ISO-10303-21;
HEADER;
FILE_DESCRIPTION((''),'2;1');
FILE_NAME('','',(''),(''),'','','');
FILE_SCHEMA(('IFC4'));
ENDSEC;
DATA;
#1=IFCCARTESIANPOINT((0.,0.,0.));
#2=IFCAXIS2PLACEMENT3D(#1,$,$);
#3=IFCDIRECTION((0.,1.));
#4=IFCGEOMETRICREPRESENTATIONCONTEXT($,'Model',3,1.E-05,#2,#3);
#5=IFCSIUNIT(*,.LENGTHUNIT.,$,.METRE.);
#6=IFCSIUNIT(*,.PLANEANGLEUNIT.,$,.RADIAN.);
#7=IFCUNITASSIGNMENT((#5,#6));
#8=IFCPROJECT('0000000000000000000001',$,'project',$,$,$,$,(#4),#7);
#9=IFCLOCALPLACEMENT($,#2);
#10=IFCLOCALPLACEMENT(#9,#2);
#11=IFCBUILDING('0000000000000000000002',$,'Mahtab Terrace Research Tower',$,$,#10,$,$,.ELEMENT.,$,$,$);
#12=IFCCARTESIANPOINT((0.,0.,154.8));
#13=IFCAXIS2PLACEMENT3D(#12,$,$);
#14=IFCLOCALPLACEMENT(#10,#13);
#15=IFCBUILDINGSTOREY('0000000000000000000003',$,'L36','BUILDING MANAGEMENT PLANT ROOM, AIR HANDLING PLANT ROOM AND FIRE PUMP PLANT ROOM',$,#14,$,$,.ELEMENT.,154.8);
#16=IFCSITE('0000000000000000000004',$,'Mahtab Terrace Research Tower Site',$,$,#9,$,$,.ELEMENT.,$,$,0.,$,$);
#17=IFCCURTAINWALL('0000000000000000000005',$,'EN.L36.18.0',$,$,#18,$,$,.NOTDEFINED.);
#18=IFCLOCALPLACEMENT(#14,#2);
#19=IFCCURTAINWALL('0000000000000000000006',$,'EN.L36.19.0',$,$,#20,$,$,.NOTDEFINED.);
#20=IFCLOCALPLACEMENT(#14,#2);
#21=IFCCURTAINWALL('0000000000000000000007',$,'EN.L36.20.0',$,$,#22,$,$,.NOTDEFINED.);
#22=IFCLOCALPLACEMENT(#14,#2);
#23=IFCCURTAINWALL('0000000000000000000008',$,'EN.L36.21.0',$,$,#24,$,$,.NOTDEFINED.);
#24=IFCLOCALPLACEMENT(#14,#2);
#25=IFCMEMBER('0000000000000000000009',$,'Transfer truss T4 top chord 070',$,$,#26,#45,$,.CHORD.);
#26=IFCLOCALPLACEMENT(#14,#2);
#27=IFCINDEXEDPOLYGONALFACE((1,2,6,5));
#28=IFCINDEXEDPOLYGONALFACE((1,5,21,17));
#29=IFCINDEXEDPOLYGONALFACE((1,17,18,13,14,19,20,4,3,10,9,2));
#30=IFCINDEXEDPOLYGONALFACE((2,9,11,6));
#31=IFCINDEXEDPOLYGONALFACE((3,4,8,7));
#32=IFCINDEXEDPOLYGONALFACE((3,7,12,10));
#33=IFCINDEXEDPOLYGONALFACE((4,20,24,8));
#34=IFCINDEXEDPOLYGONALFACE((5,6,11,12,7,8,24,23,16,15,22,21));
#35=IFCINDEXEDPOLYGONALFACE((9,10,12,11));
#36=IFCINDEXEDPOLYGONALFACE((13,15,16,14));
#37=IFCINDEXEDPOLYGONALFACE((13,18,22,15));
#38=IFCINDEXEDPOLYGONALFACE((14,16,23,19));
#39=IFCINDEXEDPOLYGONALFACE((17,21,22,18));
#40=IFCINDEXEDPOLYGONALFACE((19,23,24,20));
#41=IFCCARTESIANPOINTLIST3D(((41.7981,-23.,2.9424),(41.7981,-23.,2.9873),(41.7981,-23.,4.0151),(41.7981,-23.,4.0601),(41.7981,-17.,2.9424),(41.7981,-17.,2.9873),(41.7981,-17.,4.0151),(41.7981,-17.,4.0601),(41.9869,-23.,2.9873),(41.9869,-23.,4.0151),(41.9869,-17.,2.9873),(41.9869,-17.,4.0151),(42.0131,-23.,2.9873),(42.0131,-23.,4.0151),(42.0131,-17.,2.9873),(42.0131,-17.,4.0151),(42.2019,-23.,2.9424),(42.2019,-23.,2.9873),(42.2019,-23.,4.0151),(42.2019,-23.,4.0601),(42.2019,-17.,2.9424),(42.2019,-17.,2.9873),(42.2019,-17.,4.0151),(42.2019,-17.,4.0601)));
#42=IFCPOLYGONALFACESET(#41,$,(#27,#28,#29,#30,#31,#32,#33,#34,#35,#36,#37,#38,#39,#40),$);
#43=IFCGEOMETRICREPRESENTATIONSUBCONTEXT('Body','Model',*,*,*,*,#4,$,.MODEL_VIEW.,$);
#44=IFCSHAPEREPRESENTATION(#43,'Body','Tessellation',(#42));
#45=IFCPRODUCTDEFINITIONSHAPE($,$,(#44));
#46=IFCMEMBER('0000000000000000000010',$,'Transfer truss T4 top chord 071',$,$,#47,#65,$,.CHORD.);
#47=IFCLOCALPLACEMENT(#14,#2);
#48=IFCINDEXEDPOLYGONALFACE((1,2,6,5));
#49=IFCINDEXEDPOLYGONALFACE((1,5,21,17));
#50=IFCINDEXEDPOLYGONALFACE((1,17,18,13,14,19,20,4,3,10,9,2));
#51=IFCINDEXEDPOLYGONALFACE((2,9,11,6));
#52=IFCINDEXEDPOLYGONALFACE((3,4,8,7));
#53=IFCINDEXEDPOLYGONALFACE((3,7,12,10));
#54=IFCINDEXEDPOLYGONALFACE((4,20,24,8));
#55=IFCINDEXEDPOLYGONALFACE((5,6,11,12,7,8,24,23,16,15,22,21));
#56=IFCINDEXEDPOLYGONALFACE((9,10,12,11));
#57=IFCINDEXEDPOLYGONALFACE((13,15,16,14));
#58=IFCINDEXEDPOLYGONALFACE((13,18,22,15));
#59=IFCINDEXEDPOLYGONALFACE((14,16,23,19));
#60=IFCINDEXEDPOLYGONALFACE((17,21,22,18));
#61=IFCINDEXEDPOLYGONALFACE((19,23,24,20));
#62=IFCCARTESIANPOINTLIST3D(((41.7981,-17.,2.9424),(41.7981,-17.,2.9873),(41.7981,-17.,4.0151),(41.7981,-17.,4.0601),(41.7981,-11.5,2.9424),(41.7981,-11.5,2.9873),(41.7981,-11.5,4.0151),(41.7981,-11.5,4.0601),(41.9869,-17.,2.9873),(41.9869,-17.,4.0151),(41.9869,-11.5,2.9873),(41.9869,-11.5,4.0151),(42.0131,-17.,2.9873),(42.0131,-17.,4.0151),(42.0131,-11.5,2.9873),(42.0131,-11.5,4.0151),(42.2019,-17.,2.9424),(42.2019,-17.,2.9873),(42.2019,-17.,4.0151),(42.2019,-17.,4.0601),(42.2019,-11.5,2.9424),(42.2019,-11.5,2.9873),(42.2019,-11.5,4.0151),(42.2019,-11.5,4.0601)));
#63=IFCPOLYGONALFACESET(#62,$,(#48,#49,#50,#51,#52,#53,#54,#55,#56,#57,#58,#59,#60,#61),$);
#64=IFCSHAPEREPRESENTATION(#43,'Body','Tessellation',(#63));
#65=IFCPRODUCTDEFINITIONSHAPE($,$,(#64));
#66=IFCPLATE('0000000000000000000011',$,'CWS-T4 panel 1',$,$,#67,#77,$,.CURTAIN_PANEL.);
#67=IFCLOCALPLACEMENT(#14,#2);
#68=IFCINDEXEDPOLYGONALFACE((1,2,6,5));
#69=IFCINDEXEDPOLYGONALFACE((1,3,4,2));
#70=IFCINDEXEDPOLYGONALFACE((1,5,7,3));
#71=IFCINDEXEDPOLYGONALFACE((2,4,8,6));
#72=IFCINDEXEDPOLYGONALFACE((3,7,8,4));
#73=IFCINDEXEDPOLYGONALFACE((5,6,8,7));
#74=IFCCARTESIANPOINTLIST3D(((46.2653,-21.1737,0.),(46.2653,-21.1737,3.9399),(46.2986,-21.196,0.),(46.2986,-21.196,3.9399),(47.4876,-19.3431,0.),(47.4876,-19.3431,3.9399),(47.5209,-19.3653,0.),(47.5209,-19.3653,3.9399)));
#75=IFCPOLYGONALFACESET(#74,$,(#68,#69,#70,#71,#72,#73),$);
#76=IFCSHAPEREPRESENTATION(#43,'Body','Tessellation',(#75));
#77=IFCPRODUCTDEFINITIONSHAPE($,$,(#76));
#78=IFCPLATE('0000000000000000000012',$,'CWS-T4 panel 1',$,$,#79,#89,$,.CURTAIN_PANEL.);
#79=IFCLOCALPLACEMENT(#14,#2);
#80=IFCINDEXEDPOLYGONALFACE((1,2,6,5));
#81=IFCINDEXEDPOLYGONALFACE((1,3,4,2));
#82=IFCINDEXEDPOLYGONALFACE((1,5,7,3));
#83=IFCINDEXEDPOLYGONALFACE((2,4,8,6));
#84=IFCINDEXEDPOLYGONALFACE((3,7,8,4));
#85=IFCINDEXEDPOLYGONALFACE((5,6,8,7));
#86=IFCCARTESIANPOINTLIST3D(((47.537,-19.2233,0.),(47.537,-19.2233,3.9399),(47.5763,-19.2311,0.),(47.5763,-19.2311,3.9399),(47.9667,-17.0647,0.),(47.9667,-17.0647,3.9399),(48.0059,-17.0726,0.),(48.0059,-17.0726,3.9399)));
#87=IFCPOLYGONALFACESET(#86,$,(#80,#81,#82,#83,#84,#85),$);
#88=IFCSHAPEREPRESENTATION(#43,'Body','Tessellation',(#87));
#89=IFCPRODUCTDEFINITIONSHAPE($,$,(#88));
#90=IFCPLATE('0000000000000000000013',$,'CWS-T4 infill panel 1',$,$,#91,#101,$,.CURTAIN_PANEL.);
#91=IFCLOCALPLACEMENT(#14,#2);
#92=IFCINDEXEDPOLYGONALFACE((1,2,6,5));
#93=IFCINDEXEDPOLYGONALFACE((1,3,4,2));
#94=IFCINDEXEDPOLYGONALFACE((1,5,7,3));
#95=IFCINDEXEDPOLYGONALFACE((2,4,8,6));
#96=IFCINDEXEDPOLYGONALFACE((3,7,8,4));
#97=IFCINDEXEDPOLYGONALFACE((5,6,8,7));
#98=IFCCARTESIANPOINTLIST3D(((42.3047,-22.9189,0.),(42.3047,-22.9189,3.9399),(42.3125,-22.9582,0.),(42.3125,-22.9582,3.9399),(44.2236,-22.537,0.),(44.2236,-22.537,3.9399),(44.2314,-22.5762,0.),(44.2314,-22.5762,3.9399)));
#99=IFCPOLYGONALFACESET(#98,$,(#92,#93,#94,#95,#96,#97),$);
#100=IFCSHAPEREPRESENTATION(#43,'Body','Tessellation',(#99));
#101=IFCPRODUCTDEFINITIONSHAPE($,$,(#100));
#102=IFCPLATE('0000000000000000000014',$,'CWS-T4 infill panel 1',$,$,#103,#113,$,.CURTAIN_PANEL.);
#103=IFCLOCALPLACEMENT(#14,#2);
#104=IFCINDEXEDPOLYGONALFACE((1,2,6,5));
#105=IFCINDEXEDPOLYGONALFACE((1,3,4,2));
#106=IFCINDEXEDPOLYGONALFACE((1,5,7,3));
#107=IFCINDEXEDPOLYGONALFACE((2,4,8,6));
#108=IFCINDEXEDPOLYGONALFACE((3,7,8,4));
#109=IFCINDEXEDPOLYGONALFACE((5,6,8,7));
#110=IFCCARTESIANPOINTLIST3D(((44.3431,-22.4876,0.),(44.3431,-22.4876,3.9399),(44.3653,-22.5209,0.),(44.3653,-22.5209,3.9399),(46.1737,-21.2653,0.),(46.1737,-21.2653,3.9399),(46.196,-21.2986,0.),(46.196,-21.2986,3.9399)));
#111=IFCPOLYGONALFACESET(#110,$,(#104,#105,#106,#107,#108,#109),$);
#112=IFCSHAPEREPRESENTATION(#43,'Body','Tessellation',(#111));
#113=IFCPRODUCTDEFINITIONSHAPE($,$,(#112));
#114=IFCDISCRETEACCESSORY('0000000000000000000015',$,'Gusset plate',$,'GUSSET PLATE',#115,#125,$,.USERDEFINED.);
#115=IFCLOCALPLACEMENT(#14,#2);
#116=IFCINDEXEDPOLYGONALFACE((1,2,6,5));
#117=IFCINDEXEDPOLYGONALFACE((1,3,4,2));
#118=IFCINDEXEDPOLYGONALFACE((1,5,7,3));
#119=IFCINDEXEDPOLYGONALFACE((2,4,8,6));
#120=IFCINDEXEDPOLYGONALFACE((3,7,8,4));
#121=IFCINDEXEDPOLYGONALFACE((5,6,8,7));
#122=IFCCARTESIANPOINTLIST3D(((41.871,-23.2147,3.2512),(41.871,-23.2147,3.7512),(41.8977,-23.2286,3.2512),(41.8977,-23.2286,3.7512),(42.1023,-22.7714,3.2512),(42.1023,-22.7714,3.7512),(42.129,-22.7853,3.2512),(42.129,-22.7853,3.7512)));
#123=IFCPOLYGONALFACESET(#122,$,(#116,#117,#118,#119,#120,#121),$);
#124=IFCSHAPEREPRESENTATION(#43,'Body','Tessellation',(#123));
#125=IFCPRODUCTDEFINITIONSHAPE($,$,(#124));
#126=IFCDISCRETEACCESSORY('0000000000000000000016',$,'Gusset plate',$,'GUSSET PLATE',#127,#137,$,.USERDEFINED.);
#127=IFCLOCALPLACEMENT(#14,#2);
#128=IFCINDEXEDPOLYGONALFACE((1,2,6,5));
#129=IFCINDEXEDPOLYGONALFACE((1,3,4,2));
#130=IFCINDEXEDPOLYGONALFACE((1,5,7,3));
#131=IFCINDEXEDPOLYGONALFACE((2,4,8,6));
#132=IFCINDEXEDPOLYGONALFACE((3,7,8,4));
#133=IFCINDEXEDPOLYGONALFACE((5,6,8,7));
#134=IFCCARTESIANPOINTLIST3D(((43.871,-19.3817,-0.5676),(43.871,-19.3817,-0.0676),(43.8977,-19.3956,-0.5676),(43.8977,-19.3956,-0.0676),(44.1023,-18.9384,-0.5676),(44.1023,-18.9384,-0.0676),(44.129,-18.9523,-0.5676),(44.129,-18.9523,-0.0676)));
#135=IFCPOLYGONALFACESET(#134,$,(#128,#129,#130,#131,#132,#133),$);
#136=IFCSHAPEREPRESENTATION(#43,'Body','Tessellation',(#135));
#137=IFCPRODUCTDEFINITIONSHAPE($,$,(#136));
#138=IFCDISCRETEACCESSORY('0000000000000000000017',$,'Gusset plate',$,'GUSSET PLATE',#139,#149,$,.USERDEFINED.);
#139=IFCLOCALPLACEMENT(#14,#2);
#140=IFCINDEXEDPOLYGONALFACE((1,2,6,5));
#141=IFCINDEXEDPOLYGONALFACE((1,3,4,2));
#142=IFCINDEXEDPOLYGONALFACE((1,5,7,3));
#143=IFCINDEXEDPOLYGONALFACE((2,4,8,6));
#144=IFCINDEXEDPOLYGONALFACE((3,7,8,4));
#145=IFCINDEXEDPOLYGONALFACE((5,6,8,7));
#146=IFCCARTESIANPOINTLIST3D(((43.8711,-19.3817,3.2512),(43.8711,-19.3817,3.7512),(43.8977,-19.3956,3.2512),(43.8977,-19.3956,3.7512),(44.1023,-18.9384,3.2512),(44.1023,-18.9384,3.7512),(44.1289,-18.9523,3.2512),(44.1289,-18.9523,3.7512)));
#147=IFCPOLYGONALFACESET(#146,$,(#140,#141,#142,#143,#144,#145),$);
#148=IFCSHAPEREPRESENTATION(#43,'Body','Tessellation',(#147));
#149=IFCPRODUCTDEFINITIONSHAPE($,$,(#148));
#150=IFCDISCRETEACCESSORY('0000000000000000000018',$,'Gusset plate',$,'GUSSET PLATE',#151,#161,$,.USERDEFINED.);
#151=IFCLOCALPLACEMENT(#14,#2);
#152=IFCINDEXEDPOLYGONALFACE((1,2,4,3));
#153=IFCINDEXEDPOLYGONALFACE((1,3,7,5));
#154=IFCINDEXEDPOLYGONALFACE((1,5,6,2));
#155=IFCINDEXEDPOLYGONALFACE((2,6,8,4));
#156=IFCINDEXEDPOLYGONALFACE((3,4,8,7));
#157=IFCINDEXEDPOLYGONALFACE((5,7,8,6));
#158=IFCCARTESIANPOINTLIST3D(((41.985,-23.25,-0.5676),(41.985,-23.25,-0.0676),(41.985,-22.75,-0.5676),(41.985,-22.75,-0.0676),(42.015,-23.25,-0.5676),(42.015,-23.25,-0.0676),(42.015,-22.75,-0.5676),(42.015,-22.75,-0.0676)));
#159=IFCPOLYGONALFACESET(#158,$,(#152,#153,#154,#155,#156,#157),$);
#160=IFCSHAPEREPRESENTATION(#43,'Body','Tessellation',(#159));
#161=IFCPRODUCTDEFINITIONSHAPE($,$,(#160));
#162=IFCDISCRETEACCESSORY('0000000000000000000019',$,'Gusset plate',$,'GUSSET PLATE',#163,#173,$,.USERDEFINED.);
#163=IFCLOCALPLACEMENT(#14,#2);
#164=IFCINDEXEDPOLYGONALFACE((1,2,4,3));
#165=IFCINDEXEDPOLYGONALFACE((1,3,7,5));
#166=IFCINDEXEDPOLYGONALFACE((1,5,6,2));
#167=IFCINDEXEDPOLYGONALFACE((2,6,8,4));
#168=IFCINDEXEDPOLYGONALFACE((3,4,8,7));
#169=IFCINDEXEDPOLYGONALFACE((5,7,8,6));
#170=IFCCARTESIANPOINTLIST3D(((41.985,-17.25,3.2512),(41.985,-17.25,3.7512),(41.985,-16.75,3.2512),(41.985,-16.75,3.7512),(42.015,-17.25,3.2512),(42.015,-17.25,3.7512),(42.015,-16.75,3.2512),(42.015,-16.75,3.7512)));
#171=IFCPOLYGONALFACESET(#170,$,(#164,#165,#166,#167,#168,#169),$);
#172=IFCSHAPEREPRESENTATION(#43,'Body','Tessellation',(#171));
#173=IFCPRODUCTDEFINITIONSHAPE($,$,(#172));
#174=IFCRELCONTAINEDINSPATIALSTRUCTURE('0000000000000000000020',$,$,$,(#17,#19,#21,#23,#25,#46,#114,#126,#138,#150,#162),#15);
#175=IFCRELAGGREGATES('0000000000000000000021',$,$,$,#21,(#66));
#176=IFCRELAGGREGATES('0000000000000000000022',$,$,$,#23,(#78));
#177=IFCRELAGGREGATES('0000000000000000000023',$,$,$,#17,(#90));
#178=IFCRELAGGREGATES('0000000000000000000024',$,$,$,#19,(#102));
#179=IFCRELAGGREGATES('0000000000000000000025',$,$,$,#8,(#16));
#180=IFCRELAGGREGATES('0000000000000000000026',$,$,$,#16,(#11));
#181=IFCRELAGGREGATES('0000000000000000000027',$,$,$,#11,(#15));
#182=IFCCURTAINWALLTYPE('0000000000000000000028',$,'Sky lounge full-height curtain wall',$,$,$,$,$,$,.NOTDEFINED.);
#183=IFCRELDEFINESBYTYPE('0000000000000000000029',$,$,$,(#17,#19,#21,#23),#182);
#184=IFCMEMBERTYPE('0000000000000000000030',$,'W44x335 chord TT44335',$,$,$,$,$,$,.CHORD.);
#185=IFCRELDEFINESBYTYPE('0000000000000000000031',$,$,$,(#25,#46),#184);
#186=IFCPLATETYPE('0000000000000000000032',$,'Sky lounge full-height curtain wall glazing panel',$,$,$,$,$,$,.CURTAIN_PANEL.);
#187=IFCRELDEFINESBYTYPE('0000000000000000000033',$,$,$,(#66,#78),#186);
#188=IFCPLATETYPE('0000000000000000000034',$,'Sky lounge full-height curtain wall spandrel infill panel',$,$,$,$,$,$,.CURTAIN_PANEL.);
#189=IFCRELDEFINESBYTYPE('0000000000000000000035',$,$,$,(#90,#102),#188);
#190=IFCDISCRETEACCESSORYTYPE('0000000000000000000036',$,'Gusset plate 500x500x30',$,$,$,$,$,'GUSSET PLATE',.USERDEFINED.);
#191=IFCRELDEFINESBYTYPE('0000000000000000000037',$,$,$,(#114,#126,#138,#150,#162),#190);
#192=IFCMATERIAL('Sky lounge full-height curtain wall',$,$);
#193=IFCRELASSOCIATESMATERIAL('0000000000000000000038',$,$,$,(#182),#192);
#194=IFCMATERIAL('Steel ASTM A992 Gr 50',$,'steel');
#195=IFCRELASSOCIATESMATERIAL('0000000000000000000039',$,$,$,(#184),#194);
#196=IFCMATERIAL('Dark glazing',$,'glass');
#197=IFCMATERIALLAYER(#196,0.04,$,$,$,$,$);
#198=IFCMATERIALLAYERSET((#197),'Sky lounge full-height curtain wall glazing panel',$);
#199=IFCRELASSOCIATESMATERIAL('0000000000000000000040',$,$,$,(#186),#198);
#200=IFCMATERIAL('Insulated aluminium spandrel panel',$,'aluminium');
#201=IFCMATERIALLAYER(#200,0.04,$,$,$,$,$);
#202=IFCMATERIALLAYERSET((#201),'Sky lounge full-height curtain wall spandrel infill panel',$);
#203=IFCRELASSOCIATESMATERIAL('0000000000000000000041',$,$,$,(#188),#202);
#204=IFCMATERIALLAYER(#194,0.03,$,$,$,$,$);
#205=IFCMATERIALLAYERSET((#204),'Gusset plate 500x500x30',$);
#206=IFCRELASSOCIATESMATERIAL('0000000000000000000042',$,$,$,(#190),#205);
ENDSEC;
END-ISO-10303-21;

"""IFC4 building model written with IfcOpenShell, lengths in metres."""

from ifc_helpers import new_model, si_unit, direction, frame, origin, origin_2d, place, context, subcontext, project, spatial, rectangle, i_section, extrude, material, layer, layer_set, material_profile, profile_set, type_object, element, aggregate, save


model = new_model("IFC4")

# Units and contexts
model_context = context("Model", 3, precision=1e-05, world=origin(), true_north=direction((0.0, 1.0)))
body_context = subcontext(model_context, "Body", "Model", "MODEL_VIEW")
ifc_project = project(units=[si_unit("LENGTHUNIT", "METRE"), si_unit("PLANEANGLEUNIT", "RADIAN")], contexts=[model_context])

# Site, building, storey
site_placement = place(None, origin())
site = spatial("IfcSite", under=ifc_project, at=site_placement, Name="Mahtab Terrace Research Tower Site", CompositionType="ELEMENT", RefElevation=0.0)
building_placement = place(site_placement, origin())
building = spatial("IfcBuilding", under=site, at=building_placement, Name="Mahtab Terrace Research Tower", CompositionType="ELEMENT")
storey_placement = place(building_placement, frame((0.0, 0.0, 154.8)))
storey = spatial("IfcBuildingStorey", under=building, at=storey_placement, Name="L36", Description="BUILDING MANAGEMENT PLANT ROOM, AIR HANDLING PLANT ROOM AND FIRE PUMP PLANT ROOM", CompositionType="ELEMENT", Elevation=154.8)

# Curtain walls
ifc_material_1 = material(Name="Sky lounge full-height curtain wall")
curtain_wall_type = type_object("IfcCurtainWallType", Name="Sky lounge full-height curtain wall", PredefinedType="NOTDEFINED", material=ifc_material_1)
curtain_wall_1_placement = place(storey_placement, origin())
curtain_wall_1 = element("IfcCurtainWall", 1, at=curtain_wall_1_placement, inside=storey, type_object=curtain_wall_type, Name="EN.L36.18.0", PredefinedType="NOTDEFINED")
curtain_wall_2_placement = place(storey_placement, origin())
curtain_wall_2 = element("IfcCurtainWall", 2, at=curtain_wall_2_placement, inside=storey, type_object=curtain_wall_type, Name="EN.L36.19.0", PredefinedType="NOTDEFINED")
curtain_wall_3_placement = place(storey_placement, origin())
curtain_wall_3 = element("IfcCurtainWall", 3, at=curtain_wall_3_placement, inside=storey, type_object=curtain_wall_type, Name="EN.L36.20.0", PredefinedType="NOTDEFINED")
curtain_wall_4_placement = place(storey_placement, origin())
curtain_wall_4 = element("IfcCurtainWall", 4, at=curtain_wall_4_placement, inside=storey, type_object=curtain_wall_type, Name="EN.L36.21.0", PredefinedType="NOTDEFINED")

# Shared definitions
ifc_material_2 = material(Name="Steel ASTM A992 Gr 50", Category="steel")

# Members
ifc_material_profile_1 = material_profile(ifc_material_2, i_section(OverallWidth=0.4038, OverallDepth=1.1177, WebThickness=0.0261, FlangeThickness=0.0449, at=origin_2d()), Name="W44X335")
ifc_profile_set_1 = profile_set([ifc_material_profile_1], Name="Steel ASTM A992 Gr 50")
member_type_1 = type_object("IfcMemberType", Name="W44x335 chord TT44335", PredefinedType="CHORD", material=ifc_profile_set_1)
member_1_placement = place(storey_placement, frame((42.0, -23.0, 3.5012), z_axis=(0.0, 1.0, 0.0), x_axis=(-1.0, 0.0, 0.0)))
element("IfcMember", 5, at=member_1_placement, inside=storey, type_object=member_type_1, Name="Transfer truss T4 top chord 070", PredefinedType="CHORD", context=body_context, shape_type="SweptSolid", body=[
    extrude(i_section(OverallWidth=0.4038, OverallDepth=1.1177, WebThickness=0.0261, FlangeThickness=0.0449, at=origin_2d()), origin(), (0.0, 0.0, 1.0), 6.0),
])
member_2_placement = place(storey_placement, frame((42.0, -17.0, 3.5012), z_axis=(0.0, 1.0, 0.0), x_axis=(-1.0, 0.0, 0.0)))
element("IfcMember", 6, at=member_2_placement, inside=storey, type_object=member_type_1, Name="Transfer truss T4 top chord 071", PredefinedType="CHORD", context=body_context, shape_type="SweptSolid", body=[
    extrude(i_section(OverallWidth=0.4038, OverallDepth=1.1177, WebThickness=0.0261, FlangeThickness=0.0449, at=origin_2d()), origin(), (0.0, 0.0, 1.0), 5.5),
])

# Plates
ifc_material_3 = material(Name="Dark glazing", Category="glass")
ifc_layer_1 = layer(ifc_material_3, 0.04)
ifc_layer_set_1 = layer_set([ifc_layer_1], Name="Sky lounge full-height curtain wall glazing panel")
plate_type_1 = type_object("IfcPlateType", Name="Sky lounge full-height curtain wall glazing panel", PredefinedType="CURTAIN_PANEL", material=ifc_layer_set_1)
plate_1_placement = place(storey_placement, frame((46.8931, -20.2695, 0.0), z_axis=(0.0, 0.0, 1.0), x_axis=(0.555291, 0.831656, 0.0)))
plate_1 = element("IfcPlate", 7, at=plate_1_placement, type_object=plate_type_1, Name="CWS-T4 panel 1", PredefinedType="CURTAIN_PANEL", context=body_context, shape_type="SweptSolid", body=[
    extrude(rectangle(XDim=2.2012, YDim=0.04, at=origin_2d()), origin(), (0.0, 0.0, 1.0), 3.9399),
])
aggregate(curtain_wall_3, [plate_1])
plate_2_placement = place(storey_placement, frame((47.7715, -18.1479, 0.0), z_axis=(0.0, 0.0, 1.0), x_axis=(0.195212, 0.980761, 0.0)))
plate_2 = element("IfcPlate", 8, at=plate_2_placement, type_object=plate_type_1, Name="CWS-T4 panel 1", PredefinedType="CURTAIN_PANEL", context=body_context, shape_type="SweptSolid", body=[
    extrude(rectangle(XDim=2.2009, YDim=0.04, at=origin_2d()), origin(), (0.0, 0.0, 1.0), 3.9399),
])
aggregate(curtain_wall_4, [plate_2])
ifc_material_4 = material(Name="Insulated aluminium spandrel panel", Category="aluminium")
ifc_layer_2 = layer(ifc_material_4, 0.04)
ifc_layer_set_2 = layer_set([ifc_layer_2], Name="Sky lounge full-height curtain wall spandrel infill panel")
plate_type_2 = type_object("IfcPlateType", Name="Sky lounge full-height curtain wall spandrel infill panel", PredefinedType="CURTAIN_PANEL", material=ifc_layer_set_2)
plate_3_placement = place(storey_placement, frame((43.2681, -22.7476, 0.0), z_axis=(0.0, 0.0, 1.0), x_axis=(0.980761, 0.195212, 0.0)))
plate_3 = element("IfcPlate", 9, at=plate_3_placement, type_object=plate_type_2, Name="CWS-T4 infill panel 1", PredefinedType="CURTAIN_PANEL", context=body_context, shape_type="SweptSolid", body=[
    extrude(rectangle(XDim=1.9565, YDim=0.04, at=origin_2d()), origin(), (0.0, 0.0, 1.0), 3.9399),
])
aggregate(curtain_wall_1, [plate_3])
plate_4_placement = place(storey_placement, frame((45.2695, -21.8931, 0.0), z_axis=(0.0, 0.0, 1.0), x_axis=(0.831656, 0.555291, 0.0)))
plate_4 = element("IfcPlate", 10, at=plate_4_placement, type_object=plate_type_2, Name="CWS-T4 infill panel 1", PredefinedType="CURTAIN_PANEL", context=body_context, shape_type="SweptSolid", body=[
    extrude(rectangle(XDim=2.2012, YDim=0.04, at=origin_2d()), origin(), (0.0, 0.0, 1.0), 3.9399),
])
aggregate(curtain_wall_2, [plate_4])

# Discrete accessories
ifc_layer_3 = layer(ifc_material_2, 0.03)
ifc_layer_set_3 = layer_set([ifc_layer_3], Name="Gusset plate 500x500x30")
discrete_accessory_type = type_object("IfcDiscreteAccessoryType", Name="Gusset plate 500x500x30", ElementType="GUSSET PLATE", PredefinedType="USERDEFINED", material=ifc_layer_set_3)
for number, where, z_axis, x_axis, name in (
    (11, (42.0, -23.0, 3.2512), (0.0, 0.0, 1.0), (0.4626, 0.886567, 0.0), "Gusset plate"),
    (12, (44.0, -19.167, -0.5676), (0.0, 0.0, 1.0), (0.4626, 0.886567, 0.0), "Gusset plate"),
    (13, (44.0, -19.167, 3.2512), (0.0, 0.0, 1.0), (0.462507, 0.886616, 0.0), "Gusset plate"),
    (14, (42.0, -23.0, -0.5676), (0.0, 0.0, 1.0), (0.0, 1.0, 0.0), "Gusset plate"),
    (15, (42.0, -17.0, 3.2512), (0.0, 0.0, 1.0), (0.0, 1.0, 0.0), "Gusset plate"),
):
    element("IfcDiscreteAccessory", number, at=place(storey_placement, frame(where, z_axis=z_axis, x_axis=x_axis)), inside=storey, type_object=discrete_accessory_type, Name=name, ObjectType="GUSSET PLATE", PredefinedType="USERDEFINED", context=body_context, shape_type="SweptSolid", body=[
        extrude(rectangle(XDim=0.5, YDim=0.03, at=origin_2d()), origin(), (0.0, 0.0, 1.0), 0.5),
    ])

save(model, "model.ifc")
